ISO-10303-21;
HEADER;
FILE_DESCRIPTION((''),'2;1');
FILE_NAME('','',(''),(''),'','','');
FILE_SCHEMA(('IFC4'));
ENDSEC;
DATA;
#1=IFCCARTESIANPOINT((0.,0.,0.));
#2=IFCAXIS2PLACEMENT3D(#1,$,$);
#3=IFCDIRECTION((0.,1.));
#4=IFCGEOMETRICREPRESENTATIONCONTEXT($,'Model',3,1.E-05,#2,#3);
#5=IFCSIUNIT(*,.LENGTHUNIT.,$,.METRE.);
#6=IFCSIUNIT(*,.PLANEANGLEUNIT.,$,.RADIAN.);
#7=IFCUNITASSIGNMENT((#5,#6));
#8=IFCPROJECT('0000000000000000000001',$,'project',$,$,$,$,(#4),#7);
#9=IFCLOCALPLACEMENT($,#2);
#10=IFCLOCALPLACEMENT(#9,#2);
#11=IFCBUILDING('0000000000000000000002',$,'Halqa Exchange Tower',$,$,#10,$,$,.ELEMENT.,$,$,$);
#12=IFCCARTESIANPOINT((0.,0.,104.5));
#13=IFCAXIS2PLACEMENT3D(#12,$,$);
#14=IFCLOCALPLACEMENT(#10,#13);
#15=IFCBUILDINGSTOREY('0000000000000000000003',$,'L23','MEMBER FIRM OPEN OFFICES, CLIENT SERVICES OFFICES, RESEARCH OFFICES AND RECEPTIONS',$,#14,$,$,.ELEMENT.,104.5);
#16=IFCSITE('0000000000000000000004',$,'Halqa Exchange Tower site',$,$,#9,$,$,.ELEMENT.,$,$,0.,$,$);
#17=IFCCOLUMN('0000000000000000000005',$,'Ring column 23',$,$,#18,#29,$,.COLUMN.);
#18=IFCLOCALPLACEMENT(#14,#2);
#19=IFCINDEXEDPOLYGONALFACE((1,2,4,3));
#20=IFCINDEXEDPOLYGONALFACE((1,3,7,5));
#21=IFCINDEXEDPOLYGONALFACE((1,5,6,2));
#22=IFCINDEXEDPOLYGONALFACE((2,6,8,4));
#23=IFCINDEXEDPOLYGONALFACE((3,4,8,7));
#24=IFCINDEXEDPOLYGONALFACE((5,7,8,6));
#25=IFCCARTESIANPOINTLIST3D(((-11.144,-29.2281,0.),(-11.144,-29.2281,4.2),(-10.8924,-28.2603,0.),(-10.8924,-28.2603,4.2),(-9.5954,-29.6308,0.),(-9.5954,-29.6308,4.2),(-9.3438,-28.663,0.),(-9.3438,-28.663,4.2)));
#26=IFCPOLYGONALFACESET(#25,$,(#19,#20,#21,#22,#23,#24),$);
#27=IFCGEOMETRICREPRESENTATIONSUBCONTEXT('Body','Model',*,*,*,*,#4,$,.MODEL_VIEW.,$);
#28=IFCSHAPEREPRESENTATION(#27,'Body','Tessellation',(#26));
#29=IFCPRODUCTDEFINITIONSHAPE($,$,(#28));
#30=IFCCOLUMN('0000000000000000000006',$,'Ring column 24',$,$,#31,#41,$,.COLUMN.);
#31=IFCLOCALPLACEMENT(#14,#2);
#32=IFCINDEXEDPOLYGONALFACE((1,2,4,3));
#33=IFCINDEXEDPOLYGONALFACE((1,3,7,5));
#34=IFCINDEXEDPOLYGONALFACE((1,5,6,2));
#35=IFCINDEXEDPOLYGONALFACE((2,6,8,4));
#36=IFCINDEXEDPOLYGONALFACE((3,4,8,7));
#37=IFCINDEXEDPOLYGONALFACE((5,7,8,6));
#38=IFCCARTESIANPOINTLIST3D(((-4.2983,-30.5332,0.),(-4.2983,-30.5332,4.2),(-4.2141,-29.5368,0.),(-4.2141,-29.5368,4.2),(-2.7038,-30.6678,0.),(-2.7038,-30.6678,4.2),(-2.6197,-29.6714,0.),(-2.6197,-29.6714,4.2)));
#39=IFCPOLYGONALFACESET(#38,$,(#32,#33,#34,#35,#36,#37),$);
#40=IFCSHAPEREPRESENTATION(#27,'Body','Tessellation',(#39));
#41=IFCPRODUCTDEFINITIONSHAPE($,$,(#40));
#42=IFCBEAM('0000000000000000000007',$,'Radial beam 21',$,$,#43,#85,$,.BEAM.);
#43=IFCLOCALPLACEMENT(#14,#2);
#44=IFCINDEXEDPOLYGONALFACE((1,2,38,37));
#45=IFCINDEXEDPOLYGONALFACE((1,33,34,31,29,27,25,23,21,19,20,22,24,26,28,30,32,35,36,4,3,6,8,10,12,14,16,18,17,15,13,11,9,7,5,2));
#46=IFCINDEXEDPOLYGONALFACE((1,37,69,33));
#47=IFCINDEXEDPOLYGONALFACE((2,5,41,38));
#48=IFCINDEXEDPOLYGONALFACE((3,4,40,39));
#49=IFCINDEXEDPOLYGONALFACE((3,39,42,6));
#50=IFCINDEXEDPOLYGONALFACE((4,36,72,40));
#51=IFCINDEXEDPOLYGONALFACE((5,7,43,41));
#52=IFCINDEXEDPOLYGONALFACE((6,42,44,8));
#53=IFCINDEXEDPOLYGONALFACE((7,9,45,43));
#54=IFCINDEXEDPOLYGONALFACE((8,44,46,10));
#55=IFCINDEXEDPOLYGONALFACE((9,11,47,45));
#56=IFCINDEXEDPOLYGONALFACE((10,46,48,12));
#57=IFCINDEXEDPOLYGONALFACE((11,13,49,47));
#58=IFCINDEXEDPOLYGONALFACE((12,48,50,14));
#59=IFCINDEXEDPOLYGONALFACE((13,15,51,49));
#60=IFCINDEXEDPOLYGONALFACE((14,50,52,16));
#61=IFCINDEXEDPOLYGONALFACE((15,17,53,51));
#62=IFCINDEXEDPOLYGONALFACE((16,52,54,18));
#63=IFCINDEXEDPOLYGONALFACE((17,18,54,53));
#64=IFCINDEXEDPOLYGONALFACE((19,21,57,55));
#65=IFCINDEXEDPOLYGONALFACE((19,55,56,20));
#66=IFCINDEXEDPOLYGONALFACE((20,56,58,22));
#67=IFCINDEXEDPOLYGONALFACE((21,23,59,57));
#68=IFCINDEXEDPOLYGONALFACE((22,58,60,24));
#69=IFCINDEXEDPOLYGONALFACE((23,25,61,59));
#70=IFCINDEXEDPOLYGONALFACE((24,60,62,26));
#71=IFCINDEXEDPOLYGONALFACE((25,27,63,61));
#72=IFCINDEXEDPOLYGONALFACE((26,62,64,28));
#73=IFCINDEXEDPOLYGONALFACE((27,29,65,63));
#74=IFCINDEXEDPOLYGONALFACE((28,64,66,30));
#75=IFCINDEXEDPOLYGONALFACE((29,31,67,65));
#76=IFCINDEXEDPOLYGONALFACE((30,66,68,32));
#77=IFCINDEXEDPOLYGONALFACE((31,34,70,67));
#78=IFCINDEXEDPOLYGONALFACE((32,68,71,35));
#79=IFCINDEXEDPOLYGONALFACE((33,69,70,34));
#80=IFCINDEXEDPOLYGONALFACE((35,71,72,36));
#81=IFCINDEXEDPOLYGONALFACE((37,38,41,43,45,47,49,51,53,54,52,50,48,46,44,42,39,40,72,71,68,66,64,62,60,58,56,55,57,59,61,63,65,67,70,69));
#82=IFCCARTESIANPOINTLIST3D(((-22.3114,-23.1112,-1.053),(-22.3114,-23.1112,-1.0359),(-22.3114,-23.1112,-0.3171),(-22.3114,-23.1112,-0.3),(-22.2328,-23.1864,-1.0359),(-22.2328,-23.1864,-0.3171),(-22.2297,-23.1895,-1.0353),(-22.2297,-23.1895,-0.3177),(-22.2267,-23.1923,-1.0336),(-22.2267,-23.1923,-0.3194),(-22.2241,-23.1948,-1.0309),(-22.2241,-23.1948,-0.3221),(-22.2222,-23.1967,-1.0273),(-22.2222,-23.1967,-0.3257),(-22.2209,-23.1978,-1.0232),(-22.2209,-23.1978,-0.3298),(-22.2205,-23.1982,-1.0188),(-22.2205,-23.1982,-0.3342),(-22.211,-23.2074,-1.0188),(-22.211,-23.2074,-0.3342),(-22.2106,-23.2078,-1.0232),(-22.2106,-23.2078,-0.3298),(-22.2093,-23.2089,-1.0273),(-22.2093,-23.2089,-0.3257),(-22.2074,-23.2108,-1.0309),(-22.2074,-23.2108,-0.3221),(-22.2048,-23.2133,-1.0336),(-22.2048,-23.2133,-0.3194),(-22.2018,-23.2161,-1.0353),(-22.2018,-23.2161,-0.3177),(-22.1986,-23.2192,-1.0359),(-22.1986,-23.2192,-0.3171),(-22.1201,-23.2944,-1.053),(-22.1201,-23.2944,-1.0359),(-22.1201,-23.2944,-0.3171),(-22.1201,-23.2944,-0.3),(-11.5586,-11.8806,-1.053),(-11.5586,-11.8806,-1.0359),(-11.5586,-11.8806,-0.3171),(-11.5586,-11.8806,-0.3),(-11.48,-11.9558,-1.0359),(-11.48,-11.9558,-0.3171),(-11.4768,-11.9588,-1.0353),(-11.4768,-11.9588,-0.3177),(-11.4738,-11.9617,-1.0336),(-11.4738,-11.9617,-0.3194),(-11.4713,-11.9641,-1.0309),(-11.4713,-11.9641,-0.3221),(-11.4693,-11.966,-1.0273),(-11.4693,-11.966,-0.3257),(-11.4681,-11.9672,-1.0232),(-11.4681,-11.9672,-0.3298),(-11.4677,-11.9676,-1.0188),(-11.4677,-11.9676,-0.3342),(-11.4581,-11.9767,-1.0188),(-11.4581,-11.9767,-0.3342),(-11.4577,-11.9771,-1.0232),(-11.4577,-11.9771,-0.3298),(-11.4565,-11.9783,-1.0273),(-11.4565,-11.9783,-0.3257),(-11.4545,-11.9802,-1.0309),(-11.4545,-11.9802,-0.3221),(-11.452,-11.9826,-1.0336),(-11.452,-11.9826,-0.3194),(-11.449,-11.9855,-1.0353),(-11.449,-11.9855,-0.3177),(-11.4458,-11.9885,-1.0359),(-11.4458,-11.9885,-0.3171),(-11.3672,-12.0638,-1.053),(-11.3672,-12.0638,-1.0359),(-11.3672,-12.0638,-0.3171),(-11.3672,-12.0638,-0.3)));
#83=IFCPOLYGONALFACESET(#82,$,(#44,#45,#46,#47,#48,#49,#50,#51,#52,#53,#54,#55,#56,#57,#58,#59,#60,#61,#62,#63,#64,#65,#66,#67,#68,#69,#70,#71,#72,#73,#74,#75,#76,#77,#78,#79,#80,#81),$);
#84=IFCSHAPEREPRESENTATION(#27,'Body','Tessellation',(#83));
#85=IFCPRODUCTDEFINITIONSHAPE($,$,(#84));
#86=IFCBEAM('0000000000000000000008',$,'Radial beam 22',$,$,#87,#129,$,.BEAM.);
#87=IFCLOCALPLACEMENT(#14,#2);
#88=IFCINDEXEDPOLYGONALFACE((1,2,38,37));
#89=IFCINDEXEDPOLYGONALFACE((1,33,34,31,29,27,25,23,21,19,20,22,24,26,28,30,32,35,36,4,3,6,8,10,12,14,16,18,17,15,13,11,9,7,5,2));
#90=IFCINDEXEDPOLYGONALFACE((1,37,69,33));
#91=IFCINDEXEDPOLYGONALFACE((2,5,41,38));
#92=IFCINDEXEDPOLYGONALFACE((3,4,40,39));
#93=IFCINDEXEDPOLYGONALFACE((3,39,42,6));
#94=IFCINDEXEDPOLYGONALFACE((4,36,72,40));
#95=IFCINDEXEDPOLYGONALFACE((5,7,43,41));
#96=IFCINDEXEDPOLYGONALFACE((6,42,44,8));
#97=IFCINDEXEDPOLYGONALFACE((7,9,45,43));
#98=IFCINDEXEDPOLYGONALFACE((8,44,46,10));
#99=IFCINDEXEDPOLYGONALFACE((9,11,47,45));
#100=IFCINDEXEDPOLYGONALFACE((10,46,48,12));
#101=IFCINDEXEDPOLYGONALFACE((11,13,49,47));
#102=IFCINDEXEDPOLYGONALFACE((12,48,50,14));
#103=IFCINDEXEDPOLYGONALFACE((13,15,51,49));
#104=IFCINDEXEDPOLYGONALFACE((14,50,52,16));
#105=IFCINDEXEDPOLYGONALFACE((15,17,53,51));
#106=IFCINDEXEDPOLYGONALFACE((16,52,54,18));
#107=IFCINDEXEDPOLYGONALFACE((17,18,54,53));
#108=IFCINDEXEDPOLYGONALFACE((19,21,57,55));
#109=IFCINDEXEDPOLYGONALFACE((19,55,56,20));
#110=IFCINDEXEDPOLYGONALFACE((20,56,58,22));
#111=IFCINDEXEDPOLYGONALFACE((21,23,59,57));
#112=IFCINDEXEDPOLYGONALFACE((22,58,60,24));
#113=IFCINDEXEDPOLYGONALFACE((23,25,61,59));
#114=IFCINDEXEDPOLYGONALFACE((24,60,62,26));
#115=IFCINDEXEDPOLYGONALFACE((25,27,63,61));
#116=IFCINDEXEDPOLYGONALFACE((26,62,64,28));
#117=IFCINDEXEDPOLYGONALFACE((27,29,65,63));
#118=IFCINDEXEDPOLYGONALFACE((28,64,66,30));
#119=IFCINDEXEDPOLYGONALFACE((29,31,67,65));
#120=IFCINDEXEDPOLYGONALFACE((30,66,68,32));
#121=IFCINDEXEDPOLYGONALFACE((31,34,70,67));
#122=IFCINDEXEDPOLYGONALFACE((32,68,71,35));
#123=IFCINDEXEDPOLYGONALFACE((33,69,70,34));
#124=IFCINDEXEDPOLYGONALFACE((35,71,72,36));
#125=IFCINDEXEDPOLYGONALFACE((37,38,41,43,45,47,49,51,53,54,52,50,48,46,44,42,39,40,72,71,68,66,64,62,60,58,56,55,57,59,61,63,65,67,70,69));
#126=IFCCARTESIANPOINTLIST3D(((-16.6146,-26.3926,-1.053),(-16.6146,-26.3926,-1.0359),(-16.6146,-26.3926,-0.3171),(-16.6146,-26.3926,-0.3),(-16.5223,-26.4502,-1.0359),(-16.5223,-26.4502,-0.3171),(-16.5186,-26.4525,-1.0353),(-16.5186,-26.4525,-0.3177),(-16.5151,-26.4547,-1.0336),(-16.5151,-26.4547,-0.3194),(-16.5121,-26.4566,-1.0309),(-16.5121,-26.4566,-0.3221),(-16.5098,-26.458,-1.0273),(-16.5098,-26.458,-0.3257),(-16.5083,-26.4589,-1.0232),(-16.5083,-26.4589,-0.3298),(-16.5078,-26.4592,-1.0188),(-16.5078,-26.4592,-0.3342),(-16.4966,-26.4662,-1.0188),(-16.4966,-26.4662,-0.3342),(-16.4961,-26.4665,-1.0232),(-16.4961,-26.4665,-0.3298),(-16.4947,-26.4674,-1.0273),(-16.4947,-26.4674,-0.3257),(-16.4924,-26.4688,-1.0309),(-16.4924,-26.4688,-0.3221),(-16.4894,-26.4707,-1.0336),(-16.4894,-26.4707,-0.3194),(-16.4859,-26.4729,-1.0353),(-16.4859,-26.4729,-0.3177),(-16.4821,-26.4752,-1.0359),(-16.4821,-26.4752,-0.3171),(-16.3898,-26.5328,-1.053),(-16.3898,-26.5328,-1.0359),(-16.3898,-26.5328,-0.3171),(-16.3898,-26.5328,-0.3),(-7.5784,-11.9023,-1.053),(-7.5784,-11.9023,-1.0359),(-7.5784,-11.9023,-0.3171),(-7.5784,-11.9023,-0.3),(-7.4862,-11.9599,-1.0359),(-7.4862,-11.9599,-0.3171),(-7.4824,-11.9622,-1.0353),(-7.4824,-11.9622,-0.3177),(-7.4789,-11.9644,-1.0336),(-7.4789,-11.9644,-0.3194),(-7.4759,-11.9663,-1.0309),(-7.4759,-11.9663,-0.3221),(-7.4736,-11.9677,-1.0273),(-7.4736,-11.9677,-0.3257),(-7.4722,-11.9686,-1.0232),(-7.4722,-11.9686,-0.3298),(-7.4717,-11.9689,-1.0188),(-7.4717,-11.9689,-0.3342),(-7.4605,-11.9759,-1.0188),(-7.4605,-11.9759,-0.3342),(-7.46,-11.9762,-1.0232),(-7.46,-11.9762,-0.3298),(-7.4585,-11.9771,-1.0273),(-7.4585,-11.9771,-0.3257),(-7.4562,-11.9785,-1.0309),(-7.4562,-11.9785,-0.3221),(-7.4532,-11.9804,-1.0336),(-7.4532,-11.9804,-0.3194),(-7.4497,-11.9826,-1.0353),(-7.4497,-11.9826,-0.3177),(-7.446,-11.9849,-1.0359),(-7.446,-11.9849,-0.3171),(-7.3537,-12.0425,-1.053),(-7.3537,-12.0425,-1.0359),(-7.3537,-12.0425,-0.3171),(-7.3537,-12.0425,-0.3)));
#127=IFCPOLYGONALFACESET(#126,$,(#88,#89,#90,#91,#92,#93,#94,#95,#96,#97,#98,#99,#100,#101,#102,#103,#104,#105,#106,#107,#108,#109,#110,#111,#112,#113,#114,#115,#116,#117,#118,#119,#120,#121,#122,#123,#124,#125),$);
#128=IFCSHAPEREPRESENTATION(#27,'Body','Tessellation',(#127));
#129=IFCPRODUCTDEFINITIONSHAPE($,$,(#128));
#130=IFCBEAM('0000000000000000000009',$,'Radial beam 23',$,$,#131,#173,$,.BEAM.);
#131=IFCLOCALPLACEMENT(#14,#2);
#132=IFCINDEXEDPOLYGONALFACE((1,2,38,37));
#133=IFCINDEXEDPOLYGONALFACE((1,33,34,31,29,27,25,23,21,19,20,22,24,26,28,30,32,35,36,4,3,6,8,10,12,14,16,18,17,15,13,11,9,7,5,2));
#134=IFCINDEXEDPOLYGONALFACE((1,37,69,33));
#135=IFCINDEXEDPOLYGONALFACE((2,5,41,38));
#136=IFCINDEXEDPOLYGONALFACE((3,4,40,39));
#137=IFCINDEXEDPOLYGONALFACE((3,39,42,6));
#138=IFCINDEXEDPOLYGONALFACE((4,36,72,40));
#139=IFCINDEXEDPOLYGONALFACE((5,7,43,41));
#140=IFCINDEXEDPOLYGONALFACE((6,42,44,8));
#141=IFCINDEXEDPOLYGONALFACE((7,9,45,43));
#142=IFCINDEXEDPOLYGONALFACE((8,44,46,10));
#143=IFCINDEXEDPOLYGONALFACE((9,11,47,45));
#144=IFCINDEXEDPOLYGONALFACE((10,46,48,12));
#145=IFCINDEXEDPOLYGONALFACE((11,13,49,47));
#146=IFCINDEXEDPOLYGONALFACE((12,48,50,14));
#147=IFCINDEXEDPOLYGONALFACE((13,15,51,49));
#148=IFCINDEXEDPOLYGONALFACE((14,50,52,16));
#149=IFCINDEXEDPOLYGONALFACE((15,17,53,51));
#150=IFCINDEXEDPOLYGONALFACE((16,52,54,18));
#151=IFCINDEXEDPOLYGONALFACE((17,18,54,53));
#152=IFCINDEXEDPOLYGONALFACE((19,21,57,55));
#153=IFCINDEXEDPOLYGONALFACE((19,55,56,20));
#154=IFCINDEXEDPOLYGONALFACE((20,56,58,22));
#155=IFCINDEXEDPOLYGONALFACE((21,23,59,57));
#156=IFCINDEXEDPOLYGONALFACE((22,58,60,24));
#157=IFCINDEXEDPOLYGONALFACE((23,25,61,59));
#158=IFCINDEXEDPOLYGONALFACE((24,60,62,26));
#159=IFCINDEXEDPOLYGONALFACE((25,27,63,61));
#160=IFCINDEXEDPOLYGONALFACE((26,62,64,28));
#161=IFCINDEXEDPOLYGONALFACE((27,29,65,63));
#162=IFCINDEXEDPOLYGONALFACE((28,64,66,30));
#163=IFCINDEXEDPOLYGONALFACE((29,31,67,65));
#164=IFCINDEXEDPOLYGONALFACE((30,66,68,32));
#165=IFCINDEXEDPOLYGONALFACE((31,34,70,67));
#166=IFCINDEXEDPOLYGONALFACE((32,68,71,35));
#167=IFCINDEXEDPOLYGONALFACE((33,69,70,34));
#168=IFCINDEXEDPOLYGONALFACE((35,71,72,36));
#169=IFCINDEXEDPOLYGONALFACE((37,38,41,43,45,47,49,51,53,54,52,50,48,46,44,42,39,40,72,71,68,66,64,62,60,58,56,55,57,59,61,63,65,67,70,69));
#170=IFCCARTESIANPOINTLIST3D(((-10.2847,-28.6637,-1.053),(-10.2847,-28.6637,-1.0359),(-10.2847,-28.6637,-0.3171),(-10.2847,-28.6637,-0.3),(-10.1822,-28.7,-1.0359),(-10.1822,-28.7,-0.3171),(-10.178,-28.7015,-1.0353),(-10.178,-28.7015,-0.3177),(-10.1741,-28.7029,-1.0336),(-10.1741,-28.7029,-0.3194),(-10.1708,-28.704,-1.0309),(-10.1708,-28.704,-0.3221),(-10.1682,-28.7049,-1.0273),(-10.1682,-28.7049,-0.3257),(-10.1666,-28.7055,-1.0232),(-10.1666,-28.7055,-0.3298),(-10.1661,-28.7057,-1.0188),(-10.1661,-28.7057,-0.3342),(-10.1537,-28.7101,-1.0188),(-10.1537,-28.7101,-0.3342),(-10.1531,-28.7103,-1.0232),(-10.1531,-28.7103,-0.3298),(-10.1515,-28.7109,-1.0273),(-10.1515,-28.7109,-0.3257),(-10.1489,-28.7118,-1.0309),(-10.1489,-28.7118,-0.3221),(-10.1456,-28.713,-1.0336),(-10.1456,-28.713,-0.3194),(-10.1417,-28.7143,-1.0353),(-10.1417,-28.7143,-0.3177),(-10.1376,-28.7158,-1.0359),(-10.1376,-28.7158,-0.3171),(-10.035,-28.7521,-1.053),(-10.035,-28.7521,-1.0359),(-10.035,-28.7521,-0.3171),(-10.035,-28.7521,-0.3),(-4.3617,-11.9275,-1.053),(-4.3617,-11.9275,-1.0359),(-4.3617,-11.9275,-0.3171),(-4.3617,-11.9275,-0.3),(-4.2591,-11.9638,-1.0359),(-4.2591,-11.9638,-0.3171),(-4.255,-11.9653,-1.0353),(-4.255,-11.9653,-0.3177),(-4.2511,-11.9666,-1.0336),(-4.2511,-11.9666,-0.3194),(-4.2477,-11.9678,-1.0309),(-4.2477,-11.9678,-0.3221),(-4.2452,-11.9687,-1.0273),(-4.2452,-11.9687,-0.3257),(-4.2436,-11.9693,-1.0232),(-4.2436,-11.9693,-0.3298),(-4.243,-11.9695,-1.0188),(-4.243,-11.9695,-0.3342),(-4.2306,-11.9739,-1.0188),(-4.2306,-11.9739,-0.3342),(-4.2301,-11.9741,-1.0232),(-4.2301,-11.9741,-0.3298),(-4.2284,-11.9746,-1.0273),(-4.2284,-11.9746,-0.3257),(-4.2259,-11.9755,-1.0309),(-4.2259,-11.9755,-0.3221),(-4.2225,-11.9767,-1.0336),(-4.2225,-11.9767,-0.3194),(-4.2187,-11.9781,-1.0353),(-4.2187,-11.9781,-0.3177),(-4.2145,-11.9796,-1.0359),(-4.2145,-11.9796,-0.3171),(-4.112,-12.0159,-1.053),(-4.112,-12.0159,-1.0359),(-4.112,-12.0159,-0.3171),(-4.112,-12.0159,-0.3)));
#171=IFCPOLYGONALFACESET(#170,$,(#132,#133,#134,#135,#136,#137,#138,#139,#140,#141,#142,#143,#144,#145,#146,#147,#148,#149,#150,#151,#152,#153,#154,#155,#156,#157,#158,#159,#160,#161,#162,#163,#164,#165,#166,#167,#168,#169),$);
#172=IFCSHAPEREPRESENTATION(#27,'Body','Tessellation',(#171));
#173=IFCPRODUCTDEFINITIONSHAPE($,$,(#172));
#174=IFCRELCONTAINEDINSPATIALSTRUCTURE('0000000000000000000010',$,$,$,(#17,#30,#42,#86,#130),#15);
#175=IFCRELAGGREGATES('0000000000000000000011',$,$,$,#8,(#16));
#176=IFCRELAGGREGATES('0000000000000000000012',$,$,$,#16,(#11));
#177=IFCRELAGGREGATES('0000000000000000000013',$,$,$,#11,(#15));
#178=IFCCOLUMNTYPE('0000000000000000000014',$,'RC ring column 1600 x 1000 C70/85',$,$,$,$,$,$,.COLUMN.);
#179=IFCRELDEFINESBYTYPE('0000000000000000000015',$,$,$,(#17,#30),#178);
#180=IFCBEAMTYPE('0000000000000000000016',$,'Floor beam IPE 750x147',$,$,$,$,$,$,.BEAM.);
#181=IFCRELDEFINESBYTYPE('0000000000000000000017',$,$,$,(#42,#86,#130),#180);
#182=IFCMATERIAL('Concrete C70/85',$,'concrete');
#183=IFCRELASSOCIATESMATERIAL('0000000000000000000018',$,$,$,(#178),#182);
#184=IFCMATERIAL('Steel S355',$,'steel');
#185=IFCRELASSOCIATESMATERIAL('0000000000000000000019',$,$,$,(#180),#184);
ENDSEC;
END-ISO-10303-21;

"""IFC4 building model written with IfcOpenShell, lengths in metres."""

from ifc_helpers import new_model, si_unit, direction, frame, origin, origin_2d, place, context, subcontext, project, spatial, rectangle, i_section, extrude, material, material_profile, profile_set, type_object, element, save


model = new_model("IFC4")

# Units and contexts
model_context = context("Model", 3, precision=1e-05, world=origin(), true_north=direction((0.0, 1.0)))
body_context = subcontext(model_context, "Body", "Model", "MODEL_VIEW")
ifc_project = project(units=[si_unit("LENGTHUNIT", "METRE"), si_unit("PLANEANGLEUNIT", "RADIAN")], contexts=[model_context])

# Site, building, storey
site_placement = place(None, origin())
site = spatial("IfcSite", under=ifc_project, at=site_placement, Name="Halqa Exchange Tower site", CompositionType="ELEMENT", RefElevation=0.0)
building_placement = place(site_placement, origin())
building = spatial("IfcBuilding", under=site, at=building_placement, Name="Halqa Exchange Tower", CompositionType="ELEMENT")
storey_placement = place(building_placement, frame((0.0, 0.0, 104.5)))
storey = spatial("IfcBuildingStorey", under=building, at=storey_placement, Name="L23", Description="MEMBER FIRM OPEN OFFICES, CLIENT SERVICES OFFICES, RESEARCH OFFICES AND RECEPTIONS", CompositionType="ELEMENT", Elevation=104.5)

# Columns
ifc_material_1 = material(Name="Concrete C70/85", Category="concrete")
ifc_material_profile_1 = material_profile(ifc_material_1, rectangle(XDim=1.6001, YDim=1.0, at=origin_2d()), Name="1600 x 1000")
ifc_profile_set_1 = profile_set([ifc_material_profile_1], Name="Concrete C70/85")
column_type = type_object("IfcColumnType", Name="RC ring column 1600 x 1000 C70/85", PredefinedType="COLUMN", material=ifc_profile_set_1)
for number, where, z_axis, x_axis, name in (
    (1, (-10.2439, -28.9456, 0.0), (0.0, 0.0, 1.0), (0.96782, -0.251644, 0.0), "Ring column 23"),
    (2, (-3.459, -30.1023, 0.0), (0.0, 0.0, 1.0), (0.996456, -0.08412, 0.0), "Ring column 24"),
):
    element("IfcColumn", number, at=place(storey_placement, frame(where, z_axis=z_axis, x_axis=x_axis)), inside=storey, type_object=column_type, Name=name, PredefinedType="COLUMN", context=body_context, shape_type="SweptSolid", body=[
        extrude(rectangle(XDim=1.6001, YDim=1.0, at=origin_2d()), origin(), (0.0, 0.0, 1.0), 4.2),
    ])

# Beams
ifc_material_2 = material(Name="Steel S355", Category="steel")
ifc_material_profile_2 = material_profile(ifc_material_2, i_section(OverallWidth=0.2649, OverallDepth=0.7529, WebThickness=0.0132, FlangeThickness=0.0171, FilletRadius=0.0171, at=origin_2d()), Name="IPE 750x147")
ifc_profile_set_2 = profile_set([ifc_material_profile_2], Name="Steel S355")
beam_type_1 = type_object("IfcBeamType", Name="Floor beam IPE 750x147", PredefinedType="BEAM", material=ifc_profile_set_2)
beam_1_placement = place(storey_placement, frame((-11.4629, -11.9722, -0.6765), z_axis=(-0.691576, -0.722304, 0.0), x_axis=(0.722304, -0.691576, 0.0)))
element("IfcBeam", 3, at=beam_1_placement, inside=storey, type_object=beam_type_1, Name="Radial beam 21", PredefinedType="BEAM", context=body_context, shape_type="SweptSolid", body=[
    extrude(i_section(OverallWidth=0.2649, OverallDepth=0.7529, WebThickness=0.0132, FlangeThickness=0.0171, FilletRadius=0.0171, at=origin_2d()), origin(), (0.0, 0.0, 1.0), 15.5483),
])
beam_2_placement = place(storey_placement, frame((-7.4661, -11.9724, -0.6765), z_axis=(-0.529145, -0.848531, 0.0), x_axis=(0.848531, -0.529145, 0.0)))
element("IfcBeam", 4, at=beam_2_placement, inside=storey, type_object=beam_type_1, Name="Radial beam 22", PredefinedType="BEAM", context=body_context, shape_type="SweptSolid", body=[
    extrude(i_section(OverallWidth=0.2649, OverallDepth=0.7529, WebThickness=0.0132, FlangeThickness=0.0171, FilletRadius=0.0171, at=origin_2d()), origin(), (0.0, 0.0, 1.0), 17.0769),
])
beam_3_placement = place(storey_placement, frame((-4.2368, -11.9717, -0.6765), z_axis=(-0.333629, -0.942704, 0.0), x_axis=(0.942704, -0.333629, 0.0)))
element("IfcBeam", 5, at=beam_3_placement, inside=storey, type_object=beam_type_1, Name="Radial beam 23", PredefinedType="BEAM", context=body_context, shape_type="SweptSolid", body=[
    extrude(i_section(OverallWidth=0.2649, OverallDepth=0.7529, WebThickness=0.0132, FlangeThickness=0.0171, FilletRadius=0.0171, at=origin_2d()), origin(), (0.0, 0.0, 1.0), 17.7534),
])

save(model, "model.ifc")
